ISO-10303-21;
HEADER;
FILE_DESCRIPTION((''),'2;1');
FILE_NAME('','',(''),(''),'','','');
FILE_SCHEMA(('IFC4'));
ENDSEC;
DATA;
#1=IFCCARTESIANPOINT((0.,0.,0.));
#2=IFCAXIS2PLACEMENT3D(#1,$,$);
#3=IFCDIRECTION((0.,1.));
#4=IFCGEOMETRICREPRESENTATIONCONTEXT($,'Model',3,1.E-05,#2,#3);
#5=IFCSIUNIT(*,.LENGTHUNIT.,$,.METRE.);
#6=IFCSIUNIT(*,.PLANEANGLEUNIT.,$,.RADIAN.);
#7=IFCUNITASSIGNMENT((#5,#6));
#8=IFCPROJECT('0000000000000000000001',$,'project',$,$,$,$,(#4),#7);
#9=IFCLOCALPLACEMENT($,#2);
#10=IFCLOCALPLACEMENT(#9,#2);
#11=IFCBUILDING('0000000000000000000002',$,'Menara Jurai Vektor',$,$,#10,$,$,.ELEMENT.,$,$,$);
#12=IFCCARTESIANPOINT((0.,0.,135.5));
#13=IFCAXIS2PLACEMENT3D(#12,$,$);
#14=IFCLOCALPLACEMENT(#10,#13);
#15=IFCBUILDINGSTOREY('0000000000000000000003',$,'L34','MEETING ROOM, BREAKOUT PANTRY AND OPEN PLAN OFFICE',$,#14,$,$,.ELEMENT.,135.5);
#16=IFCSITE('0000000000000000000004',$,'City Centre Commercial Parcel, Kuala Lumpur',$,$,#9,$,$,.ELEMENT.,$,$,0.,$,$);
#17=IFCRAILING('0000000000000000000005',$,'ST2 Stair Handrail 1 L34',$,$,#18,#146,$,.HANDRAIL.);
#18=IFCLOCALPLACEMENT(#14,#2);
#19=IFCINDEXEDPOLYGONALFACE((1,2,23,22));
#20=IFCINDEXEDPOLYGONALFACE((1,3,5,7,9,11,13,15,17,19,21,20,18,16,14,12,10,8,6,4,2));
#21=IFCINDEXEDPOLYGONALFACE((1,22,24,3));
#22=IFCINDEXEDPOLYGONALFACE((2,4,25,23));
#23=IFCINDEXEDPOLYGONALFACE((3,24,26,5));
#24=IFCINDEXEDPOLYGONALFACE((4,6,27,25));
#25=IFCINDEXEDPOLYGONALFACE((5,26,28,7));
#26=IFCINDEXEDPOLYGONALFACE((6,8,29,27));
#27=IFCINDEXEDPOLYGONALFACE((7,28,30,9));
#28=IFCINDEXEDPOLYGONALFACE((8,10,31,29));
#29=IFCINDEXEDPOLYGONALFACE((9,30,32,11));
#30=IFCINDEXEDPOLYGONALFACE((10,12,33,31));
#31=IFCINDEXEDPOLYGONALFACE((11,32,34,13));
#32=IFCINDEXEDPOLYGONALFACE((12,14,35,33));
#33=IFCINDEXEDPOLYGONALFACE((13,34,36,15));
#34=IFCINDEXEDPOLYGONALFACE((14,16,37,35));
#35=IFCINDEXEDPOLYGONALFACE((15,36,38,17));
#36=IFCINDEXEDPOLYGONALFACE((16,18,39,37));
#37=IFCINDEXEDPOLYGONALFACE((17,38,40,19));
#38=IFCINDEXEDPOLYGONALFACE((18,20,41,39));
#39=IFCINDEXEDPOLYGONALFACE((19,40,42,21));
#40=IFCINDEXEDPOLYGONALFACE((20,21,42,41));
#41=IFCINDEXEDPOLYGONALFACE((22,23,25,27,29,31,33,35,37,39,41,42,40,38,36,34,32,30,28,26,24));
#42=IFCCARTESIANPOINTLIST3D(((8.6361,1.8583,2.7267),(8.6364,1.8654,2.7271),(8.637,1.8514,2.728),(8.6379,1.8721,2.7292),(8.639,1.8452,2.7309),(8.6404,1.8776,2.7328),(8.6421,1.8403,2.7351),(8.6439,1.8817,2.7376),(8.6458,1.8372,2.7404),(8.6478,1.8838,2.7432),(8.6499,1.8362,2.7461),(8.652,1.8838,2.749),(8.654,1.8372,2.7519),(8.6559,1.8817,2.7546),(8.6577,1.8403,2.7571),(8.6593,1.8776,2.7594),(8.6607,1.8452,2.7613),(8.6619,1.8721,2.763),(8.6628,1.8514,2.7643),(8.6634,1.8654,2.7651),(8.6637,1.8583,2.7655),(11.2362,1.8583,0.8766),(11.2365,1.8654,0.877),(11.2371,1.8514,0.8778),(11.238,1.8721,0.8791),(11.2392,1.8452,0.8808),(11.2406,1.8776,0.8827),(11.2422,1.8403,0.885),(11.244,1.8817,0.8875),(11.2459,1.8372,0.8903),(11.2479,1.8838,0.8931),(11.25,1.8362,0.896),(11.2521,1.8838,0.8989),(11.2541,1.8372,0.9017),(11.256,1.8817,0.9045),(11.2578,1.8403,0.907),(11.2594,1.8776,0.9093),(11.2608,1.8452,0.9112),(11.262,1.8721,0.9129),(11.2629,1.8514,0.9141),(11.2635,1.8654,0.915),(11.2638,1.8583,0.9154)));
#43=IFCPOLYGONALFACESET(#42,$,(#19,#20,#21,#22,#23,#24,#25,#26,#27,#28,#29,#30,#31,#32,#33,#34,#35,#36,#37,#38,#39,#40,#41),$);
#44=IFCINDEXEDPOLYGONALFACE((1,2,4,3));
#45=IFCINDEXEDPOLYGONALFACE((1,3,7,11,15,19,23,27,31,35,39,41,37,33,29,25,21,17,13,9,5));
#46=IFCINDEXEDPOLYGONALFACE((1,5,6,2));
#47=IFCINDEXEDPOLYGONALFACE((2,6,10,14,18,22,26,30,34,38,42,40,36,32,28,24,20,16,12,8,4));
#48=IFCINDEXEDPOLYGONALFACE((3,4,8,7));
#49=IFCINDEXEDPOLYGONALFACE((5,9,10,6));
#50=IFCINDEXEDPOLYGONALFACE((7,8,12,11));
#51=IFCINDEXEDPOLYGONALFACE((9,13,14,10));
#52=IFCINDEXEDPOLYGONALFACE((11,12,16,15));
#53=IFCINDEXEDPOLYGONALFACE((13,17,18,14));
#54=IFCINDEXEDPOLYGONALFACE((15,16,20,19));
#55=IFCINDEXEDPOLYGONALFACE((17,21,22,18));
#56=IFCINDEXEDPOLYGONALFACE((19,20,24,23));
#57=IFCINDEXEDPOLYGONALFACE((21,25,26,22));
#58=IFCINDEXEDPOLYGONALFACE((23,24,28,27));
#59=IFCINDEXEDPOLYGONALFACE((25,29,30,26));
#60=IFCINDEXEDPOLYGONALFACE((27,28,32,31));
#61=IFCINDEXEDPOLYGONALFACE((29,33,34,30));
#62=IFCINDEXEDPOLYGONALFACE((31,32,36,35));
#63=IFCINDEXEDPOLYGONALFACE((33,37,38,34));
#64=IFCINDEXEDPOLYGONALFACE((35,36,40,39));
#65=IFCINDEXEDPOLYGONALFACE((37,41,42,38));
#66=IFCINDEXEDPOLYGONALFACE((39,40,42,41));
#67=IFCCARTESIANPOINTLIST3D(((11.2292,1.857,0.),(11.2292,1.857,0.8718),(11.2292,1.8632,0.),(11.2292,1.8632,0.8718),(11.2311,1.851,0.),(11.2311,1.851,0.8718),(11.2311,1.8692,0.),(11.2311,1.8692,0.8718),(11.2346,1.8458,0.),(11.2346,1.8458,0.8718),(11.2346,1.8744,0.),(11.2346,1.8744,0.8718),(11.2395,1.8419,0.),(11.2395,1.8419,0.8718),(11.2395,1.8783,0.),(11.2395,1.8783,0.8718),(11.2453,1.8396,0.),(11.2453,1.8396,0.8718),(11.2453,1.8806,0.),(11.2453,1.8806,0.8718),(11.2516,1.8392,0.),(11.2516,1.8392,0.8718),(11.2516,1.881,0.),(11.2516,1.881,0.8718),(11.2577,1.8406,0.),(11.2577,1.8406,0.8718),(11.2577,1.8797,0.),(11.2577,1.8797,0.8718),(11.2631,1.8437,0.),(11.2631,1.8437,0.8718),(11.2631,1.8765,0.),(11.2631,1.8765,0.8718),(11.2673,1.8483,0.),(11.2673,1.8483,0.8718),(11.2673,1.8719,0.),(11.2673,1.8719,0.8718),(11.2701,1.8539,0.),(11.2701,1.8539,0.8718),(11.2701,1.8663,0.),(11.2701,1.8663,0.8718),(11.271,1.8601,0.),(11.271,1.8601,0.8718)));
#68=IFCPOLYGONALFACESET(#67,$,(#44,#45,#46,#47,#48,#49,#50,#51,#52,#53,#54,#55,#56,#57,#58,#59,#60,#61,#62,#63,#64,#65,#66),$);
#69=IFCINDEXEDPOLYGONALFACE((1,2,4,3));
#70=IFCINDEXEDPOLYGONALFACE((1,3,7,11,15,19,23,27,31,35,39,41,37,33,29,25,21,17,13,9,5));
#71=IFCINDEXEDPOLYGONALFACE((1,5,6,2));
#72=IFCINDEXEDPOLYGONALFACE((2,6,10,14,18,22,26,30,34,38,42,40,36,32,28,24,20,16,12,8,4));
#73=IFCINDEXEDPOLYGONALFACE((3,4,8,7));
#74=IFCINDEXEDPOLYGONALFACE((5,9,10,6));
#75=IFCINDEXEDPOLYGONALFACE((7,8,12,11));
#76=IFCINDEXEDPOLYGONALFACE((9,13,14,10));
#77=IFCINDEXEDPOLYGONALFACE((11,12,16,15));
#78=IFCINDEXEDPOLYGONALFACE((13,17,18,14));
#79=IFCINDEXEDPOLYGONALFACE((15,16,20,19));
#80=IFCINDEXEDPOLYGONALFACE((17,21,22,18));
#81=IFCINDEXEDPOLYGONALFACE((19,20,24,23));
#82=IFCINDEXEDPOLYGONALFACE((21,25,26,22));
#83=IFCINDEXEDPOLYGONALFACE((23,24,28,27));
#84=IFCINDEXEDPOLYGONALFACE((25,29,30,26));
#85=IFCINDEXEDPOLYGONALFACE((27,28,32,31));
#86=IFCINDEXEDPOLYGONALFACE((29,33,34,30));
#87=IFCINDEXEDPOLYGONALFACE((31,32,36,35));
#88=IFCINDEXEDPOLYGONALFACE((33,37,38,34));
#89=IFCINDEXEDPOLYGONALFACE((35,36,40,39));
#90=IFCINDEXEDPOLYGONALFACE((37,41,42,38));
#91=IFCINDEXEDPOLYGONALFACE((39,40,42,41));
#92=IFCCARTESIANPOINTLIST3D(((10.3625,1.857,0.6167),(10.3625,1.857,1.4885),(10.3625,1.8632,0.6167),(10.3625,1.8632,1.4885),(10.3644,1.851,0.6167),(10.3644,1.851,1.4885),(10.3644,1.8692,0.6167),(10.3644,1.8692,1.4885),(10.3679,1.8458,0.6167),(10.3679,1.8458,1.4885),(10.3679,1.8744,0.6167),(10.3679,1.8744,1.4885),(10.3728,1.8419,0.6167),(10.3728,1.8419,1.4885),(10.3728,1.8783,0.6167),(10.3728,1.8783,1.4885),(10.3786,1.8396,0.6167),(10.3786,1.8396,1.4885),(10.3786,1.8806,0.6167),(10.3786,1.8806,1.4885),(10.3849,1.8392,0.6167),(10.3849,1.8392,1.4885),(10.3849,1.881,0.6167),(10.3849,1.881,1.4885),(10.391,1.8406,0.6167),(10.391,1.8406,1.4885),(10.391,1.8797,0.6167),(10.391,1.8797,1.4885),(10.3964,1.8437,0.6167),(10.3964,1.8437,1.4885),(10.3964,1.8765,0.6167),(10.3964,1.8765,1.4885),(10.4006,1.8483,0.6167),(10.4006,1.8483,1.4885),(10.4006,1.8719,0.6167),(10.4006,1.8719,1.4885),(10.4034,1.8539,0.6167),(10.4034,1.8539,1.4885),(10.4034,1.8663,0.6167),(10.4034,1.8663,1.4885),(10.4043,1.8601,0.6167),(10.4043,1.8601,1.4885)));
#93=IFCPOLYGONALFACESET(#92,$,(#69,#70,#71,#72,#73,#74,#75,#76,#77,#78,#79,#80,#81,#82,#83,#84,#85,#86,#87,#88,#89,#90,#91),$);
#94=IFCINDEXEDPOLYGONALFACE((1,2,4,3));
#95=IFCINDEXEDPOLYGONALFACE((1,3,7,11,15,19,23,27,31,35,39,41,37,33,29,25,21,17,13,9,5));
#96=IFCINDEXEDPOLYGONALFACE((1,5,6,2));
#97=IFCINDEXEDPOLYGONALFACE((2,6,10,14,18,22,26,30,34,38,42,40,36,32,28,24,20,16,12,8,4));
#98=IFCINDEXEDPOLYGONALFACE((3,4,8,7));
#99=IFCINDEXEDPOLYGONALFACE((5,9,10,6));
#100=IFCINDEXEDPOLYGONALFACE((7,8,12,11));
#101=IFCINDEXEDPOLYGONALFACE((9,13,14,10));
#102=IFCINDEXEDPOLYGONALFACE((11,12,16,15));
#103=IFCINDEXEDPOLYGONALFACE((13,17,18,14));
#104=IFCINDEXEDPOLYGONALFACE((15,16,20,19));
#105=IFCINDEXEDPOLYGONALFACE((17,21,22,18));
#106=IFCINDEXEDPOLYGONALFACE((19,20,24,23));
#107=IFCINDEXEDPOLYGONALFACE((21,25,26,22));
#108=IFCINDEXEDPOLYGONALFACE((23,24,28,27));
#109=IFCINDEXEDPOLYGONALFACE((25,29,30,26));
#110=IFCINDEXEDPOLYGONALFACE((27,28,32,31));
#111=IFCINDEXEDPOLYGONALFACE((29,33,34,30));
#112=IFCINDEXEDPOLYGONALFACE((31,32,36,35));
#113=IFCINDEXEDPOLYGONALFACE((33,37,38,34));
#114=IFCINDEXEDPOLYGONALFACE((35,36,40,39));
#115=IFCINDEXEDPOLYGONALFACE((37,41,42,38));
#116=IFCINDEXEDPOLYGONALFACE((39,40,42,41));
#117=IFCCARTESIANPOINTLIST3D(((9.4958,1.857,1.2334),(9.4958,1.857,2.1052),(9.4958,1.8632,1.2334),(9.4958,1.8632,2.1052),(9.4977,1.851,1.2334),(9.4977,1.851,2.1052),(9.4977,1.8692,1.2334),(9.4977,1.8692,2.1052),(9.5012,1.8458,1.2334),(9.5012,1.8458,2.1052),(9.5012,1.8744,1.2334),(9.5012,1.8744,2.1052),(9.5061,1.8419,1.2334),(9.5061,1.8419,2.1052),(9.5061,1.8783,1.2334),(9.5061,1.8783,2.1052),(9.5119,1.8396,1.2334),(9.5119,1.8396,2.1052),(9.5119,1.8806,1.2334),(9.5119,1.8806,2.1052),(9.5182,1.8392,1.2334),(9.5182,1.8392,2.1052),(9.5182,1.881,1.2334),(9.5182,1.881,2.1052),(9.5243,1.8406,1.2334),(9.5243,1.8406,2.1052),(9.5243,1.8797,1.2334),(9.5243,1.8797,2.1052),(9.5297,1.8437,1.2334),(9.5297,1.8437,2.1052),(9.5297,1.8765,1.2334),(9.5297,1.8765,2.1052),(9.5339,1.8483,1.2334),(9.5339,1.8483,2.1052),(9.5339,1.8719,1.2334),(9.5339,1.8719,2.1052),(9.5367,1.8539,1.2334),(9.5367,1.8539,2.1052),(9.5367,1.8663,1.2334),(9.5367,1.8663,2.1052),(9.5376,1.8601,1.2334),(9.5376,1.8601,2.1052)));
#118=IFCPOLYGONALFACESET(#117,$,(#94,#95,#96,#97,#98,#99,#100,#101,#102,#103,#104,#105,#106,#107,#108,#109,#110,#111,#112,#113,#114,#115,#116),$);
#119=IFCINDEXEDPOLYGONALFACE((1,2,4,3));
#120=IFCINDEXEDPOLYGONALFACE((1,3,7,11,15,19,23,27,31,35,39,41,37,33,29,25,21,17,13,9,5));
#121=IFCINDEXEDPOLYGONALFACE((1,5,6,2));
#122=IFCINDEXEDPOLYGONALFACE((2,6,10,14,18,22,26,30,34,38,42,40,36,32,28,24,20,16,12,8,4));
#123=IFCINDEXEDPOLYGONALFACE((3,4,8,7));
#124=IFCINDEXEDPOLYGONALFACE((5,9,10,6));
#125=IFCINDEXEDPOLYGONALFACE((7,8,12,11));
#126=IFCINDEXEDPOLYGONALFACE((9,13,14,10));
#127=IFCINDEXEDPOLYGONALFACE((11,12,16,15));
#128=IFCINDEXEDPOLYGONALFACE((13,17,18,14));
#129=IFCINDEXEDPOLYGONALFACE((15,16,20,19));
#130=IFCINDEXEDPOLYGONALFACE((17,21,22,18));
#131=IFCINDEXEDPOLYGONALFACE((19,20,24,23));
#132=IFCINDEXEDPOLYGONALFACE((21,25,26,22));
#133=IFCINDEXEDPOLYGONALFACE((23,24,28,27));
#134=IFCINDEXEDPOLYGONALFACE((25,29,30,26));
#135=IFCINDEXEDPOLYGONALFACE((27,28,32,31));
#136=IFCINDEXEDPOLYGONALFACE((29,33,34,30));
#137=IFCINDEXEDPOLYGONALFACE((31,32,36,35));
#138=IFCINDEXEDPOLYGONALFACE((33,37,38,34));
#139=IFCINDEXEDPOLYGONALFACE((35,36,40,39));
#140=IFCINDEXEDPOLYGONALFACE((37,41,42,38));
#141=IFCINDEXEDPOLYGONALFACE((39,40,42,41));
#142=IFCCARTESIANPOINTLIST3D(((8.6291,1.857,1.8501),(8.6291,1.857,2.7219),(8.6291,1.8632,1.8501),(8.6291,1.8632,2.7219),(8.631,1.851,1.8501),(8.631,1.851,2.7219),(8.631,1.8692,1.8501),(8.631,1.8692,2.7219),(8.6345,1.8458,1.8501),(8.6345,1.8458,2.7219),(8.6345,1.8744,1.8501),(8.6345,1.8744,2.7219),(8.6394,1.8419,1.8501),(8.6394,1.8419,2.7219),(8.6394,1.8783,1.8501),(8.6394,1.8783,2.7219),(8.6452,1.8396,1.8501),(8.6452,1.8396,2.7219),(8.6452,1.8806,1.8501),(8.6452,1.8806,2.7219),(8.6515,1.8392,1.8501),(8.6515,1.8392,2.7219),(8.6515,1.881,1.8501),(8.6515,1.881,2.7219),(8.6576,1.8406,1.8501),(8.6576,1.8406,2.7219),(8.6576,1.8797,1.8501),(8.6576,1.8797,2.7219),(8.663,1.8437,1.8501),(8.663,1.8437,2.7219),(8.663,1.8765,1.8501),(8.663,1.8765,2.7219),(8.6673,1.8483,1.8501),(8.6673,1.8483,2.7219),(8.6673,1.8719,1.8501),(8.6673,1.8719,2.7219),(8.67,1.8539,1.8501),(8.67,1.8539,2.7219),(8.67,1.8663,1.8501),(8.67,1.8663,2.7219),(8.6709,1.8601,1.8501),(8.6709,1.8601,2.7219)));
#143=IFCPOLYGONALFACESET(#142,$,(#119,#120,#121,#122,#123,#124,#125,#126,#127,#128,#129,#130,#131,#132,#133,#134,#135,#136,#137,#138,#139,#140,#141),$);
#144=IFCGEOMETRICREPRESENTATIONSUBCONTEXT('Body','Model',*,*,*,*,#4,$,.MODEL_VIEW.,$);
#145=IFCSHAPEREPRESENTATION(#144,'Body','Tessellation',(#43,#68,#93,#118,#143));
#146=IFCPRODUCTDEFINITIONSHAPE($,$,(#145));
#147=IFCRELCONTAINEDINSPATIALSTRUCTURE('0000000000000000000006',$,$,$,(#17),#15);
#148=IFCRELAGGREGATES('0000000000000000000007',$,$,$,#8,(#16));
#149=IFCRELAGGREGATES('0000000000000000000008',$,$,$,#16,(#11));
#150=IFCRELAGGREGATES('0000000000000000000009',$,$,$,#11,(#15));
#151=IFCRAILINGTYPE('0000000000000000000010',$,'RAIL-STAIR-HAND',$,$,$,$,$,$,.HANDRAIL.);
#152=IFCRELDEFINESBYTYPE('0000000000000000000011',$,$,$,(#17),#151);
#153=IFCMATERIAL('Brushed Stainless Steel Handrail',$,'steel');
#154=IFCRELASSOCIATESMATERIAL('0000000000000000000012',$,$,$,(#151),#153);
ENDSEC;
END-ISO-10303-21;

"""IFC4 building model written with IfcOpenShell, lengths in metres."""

from ifc_helpers import new_model, si_unit, direction, frame, origin, origin_2d, place, context, subcontext, project, spatial, circle, extrude, material, type_object, element, save


model = new_model("IFC4")

# Units and contexts
model_context = context("Model", 3, precision=1e-05, world=origin(), true_north=direction((0.0, 1.0)))
body_context = subcontext(model_context, "Body", "Model", "MODEL_VIEW")
ifc_project = project(units=[si_unit("LENGTHUNIT", "METRE"), si_unit("PLANEANGLEUNIT", "RADIAN")], contexts=[model_context])

# Site, building, storey
site_placement = place(None, origin())
site = spatial("IfcSite", under=ifc_project, at=site_placement, Name="City Centre Commercial Parcel, Kuala Lumpur", CompositionType="ELEMENT", RefElevation=0.0)
building_placement = place(site_placement, origin())
building = spatial("IfcBuilding", under=site, at=building_placement, Name="Menara Jurai Vektor", CompositionType="ELEMENT")
storey_placement = place(building_placement, frame((0.0, 0.0, 135.5)))
storey = spatial("IfcBuildingStorey", under=building, at=storey_placement, Name="L34", Description="MEETING ROOM, BREAKOUT PANTRY AND OPEN PLAN OFFICE", CompositionType="ELEMENT", Elevation=135.5)

# Railing
ifc_material_1 = material(Name="Brushed Stainless Steel Handrail", Category="steel")
railing_type_1 = type_object("IfcRailingType", Name="RAIL-STAIR-HAND", PredefinedType="HANDRAIL", material=ifc_material_1)
railing_1_placement = place(storey_placement, frame((11.25, 1.8601, 0.0)))
element("IfcRailing", 1, at=railing_1_placement, inside=storey, type_object=railing_type_1, Name="ST2 Stair Handrail 1 L34", PredefinedType="HANDRAIL", context=body_context, shape_type="SweptSolid", body=[
    extrude(circle(Radius=0.0239, at=origin_2d()), frame((0.0, 0.0, 0.896), z_axis=(-0.814787, 0.0, 0.579761), x_axis=(0.0, -1.0, 0.0)), (0.0, 0.0, 1.0), 3.1912),
    extrude(circle(Radius=0.021, at=origin_2d()), origin(), (0.0, 0.0, 1.0), 0.8718),
    extrude(circle(Radius=0.021, at=origin_2d()), frame((-0.8667, 0.0, 0.6167)), (0.0, 0.0, 1.0), 0.8718),
    extrude(circle(Radius=0.021, at=origin_2d()), frame((-1.7334, 0.0, 1.2334)), (0.0, 0.0, 1.0), 0.8718),
    extrude(circle(Radius=0.021, at=origin_2d()), frame((-2.6001, 0.0, 1.8501)), (0.0, 0.0, 1.0), 0.8718),
])

save(model, "model.ifc")
